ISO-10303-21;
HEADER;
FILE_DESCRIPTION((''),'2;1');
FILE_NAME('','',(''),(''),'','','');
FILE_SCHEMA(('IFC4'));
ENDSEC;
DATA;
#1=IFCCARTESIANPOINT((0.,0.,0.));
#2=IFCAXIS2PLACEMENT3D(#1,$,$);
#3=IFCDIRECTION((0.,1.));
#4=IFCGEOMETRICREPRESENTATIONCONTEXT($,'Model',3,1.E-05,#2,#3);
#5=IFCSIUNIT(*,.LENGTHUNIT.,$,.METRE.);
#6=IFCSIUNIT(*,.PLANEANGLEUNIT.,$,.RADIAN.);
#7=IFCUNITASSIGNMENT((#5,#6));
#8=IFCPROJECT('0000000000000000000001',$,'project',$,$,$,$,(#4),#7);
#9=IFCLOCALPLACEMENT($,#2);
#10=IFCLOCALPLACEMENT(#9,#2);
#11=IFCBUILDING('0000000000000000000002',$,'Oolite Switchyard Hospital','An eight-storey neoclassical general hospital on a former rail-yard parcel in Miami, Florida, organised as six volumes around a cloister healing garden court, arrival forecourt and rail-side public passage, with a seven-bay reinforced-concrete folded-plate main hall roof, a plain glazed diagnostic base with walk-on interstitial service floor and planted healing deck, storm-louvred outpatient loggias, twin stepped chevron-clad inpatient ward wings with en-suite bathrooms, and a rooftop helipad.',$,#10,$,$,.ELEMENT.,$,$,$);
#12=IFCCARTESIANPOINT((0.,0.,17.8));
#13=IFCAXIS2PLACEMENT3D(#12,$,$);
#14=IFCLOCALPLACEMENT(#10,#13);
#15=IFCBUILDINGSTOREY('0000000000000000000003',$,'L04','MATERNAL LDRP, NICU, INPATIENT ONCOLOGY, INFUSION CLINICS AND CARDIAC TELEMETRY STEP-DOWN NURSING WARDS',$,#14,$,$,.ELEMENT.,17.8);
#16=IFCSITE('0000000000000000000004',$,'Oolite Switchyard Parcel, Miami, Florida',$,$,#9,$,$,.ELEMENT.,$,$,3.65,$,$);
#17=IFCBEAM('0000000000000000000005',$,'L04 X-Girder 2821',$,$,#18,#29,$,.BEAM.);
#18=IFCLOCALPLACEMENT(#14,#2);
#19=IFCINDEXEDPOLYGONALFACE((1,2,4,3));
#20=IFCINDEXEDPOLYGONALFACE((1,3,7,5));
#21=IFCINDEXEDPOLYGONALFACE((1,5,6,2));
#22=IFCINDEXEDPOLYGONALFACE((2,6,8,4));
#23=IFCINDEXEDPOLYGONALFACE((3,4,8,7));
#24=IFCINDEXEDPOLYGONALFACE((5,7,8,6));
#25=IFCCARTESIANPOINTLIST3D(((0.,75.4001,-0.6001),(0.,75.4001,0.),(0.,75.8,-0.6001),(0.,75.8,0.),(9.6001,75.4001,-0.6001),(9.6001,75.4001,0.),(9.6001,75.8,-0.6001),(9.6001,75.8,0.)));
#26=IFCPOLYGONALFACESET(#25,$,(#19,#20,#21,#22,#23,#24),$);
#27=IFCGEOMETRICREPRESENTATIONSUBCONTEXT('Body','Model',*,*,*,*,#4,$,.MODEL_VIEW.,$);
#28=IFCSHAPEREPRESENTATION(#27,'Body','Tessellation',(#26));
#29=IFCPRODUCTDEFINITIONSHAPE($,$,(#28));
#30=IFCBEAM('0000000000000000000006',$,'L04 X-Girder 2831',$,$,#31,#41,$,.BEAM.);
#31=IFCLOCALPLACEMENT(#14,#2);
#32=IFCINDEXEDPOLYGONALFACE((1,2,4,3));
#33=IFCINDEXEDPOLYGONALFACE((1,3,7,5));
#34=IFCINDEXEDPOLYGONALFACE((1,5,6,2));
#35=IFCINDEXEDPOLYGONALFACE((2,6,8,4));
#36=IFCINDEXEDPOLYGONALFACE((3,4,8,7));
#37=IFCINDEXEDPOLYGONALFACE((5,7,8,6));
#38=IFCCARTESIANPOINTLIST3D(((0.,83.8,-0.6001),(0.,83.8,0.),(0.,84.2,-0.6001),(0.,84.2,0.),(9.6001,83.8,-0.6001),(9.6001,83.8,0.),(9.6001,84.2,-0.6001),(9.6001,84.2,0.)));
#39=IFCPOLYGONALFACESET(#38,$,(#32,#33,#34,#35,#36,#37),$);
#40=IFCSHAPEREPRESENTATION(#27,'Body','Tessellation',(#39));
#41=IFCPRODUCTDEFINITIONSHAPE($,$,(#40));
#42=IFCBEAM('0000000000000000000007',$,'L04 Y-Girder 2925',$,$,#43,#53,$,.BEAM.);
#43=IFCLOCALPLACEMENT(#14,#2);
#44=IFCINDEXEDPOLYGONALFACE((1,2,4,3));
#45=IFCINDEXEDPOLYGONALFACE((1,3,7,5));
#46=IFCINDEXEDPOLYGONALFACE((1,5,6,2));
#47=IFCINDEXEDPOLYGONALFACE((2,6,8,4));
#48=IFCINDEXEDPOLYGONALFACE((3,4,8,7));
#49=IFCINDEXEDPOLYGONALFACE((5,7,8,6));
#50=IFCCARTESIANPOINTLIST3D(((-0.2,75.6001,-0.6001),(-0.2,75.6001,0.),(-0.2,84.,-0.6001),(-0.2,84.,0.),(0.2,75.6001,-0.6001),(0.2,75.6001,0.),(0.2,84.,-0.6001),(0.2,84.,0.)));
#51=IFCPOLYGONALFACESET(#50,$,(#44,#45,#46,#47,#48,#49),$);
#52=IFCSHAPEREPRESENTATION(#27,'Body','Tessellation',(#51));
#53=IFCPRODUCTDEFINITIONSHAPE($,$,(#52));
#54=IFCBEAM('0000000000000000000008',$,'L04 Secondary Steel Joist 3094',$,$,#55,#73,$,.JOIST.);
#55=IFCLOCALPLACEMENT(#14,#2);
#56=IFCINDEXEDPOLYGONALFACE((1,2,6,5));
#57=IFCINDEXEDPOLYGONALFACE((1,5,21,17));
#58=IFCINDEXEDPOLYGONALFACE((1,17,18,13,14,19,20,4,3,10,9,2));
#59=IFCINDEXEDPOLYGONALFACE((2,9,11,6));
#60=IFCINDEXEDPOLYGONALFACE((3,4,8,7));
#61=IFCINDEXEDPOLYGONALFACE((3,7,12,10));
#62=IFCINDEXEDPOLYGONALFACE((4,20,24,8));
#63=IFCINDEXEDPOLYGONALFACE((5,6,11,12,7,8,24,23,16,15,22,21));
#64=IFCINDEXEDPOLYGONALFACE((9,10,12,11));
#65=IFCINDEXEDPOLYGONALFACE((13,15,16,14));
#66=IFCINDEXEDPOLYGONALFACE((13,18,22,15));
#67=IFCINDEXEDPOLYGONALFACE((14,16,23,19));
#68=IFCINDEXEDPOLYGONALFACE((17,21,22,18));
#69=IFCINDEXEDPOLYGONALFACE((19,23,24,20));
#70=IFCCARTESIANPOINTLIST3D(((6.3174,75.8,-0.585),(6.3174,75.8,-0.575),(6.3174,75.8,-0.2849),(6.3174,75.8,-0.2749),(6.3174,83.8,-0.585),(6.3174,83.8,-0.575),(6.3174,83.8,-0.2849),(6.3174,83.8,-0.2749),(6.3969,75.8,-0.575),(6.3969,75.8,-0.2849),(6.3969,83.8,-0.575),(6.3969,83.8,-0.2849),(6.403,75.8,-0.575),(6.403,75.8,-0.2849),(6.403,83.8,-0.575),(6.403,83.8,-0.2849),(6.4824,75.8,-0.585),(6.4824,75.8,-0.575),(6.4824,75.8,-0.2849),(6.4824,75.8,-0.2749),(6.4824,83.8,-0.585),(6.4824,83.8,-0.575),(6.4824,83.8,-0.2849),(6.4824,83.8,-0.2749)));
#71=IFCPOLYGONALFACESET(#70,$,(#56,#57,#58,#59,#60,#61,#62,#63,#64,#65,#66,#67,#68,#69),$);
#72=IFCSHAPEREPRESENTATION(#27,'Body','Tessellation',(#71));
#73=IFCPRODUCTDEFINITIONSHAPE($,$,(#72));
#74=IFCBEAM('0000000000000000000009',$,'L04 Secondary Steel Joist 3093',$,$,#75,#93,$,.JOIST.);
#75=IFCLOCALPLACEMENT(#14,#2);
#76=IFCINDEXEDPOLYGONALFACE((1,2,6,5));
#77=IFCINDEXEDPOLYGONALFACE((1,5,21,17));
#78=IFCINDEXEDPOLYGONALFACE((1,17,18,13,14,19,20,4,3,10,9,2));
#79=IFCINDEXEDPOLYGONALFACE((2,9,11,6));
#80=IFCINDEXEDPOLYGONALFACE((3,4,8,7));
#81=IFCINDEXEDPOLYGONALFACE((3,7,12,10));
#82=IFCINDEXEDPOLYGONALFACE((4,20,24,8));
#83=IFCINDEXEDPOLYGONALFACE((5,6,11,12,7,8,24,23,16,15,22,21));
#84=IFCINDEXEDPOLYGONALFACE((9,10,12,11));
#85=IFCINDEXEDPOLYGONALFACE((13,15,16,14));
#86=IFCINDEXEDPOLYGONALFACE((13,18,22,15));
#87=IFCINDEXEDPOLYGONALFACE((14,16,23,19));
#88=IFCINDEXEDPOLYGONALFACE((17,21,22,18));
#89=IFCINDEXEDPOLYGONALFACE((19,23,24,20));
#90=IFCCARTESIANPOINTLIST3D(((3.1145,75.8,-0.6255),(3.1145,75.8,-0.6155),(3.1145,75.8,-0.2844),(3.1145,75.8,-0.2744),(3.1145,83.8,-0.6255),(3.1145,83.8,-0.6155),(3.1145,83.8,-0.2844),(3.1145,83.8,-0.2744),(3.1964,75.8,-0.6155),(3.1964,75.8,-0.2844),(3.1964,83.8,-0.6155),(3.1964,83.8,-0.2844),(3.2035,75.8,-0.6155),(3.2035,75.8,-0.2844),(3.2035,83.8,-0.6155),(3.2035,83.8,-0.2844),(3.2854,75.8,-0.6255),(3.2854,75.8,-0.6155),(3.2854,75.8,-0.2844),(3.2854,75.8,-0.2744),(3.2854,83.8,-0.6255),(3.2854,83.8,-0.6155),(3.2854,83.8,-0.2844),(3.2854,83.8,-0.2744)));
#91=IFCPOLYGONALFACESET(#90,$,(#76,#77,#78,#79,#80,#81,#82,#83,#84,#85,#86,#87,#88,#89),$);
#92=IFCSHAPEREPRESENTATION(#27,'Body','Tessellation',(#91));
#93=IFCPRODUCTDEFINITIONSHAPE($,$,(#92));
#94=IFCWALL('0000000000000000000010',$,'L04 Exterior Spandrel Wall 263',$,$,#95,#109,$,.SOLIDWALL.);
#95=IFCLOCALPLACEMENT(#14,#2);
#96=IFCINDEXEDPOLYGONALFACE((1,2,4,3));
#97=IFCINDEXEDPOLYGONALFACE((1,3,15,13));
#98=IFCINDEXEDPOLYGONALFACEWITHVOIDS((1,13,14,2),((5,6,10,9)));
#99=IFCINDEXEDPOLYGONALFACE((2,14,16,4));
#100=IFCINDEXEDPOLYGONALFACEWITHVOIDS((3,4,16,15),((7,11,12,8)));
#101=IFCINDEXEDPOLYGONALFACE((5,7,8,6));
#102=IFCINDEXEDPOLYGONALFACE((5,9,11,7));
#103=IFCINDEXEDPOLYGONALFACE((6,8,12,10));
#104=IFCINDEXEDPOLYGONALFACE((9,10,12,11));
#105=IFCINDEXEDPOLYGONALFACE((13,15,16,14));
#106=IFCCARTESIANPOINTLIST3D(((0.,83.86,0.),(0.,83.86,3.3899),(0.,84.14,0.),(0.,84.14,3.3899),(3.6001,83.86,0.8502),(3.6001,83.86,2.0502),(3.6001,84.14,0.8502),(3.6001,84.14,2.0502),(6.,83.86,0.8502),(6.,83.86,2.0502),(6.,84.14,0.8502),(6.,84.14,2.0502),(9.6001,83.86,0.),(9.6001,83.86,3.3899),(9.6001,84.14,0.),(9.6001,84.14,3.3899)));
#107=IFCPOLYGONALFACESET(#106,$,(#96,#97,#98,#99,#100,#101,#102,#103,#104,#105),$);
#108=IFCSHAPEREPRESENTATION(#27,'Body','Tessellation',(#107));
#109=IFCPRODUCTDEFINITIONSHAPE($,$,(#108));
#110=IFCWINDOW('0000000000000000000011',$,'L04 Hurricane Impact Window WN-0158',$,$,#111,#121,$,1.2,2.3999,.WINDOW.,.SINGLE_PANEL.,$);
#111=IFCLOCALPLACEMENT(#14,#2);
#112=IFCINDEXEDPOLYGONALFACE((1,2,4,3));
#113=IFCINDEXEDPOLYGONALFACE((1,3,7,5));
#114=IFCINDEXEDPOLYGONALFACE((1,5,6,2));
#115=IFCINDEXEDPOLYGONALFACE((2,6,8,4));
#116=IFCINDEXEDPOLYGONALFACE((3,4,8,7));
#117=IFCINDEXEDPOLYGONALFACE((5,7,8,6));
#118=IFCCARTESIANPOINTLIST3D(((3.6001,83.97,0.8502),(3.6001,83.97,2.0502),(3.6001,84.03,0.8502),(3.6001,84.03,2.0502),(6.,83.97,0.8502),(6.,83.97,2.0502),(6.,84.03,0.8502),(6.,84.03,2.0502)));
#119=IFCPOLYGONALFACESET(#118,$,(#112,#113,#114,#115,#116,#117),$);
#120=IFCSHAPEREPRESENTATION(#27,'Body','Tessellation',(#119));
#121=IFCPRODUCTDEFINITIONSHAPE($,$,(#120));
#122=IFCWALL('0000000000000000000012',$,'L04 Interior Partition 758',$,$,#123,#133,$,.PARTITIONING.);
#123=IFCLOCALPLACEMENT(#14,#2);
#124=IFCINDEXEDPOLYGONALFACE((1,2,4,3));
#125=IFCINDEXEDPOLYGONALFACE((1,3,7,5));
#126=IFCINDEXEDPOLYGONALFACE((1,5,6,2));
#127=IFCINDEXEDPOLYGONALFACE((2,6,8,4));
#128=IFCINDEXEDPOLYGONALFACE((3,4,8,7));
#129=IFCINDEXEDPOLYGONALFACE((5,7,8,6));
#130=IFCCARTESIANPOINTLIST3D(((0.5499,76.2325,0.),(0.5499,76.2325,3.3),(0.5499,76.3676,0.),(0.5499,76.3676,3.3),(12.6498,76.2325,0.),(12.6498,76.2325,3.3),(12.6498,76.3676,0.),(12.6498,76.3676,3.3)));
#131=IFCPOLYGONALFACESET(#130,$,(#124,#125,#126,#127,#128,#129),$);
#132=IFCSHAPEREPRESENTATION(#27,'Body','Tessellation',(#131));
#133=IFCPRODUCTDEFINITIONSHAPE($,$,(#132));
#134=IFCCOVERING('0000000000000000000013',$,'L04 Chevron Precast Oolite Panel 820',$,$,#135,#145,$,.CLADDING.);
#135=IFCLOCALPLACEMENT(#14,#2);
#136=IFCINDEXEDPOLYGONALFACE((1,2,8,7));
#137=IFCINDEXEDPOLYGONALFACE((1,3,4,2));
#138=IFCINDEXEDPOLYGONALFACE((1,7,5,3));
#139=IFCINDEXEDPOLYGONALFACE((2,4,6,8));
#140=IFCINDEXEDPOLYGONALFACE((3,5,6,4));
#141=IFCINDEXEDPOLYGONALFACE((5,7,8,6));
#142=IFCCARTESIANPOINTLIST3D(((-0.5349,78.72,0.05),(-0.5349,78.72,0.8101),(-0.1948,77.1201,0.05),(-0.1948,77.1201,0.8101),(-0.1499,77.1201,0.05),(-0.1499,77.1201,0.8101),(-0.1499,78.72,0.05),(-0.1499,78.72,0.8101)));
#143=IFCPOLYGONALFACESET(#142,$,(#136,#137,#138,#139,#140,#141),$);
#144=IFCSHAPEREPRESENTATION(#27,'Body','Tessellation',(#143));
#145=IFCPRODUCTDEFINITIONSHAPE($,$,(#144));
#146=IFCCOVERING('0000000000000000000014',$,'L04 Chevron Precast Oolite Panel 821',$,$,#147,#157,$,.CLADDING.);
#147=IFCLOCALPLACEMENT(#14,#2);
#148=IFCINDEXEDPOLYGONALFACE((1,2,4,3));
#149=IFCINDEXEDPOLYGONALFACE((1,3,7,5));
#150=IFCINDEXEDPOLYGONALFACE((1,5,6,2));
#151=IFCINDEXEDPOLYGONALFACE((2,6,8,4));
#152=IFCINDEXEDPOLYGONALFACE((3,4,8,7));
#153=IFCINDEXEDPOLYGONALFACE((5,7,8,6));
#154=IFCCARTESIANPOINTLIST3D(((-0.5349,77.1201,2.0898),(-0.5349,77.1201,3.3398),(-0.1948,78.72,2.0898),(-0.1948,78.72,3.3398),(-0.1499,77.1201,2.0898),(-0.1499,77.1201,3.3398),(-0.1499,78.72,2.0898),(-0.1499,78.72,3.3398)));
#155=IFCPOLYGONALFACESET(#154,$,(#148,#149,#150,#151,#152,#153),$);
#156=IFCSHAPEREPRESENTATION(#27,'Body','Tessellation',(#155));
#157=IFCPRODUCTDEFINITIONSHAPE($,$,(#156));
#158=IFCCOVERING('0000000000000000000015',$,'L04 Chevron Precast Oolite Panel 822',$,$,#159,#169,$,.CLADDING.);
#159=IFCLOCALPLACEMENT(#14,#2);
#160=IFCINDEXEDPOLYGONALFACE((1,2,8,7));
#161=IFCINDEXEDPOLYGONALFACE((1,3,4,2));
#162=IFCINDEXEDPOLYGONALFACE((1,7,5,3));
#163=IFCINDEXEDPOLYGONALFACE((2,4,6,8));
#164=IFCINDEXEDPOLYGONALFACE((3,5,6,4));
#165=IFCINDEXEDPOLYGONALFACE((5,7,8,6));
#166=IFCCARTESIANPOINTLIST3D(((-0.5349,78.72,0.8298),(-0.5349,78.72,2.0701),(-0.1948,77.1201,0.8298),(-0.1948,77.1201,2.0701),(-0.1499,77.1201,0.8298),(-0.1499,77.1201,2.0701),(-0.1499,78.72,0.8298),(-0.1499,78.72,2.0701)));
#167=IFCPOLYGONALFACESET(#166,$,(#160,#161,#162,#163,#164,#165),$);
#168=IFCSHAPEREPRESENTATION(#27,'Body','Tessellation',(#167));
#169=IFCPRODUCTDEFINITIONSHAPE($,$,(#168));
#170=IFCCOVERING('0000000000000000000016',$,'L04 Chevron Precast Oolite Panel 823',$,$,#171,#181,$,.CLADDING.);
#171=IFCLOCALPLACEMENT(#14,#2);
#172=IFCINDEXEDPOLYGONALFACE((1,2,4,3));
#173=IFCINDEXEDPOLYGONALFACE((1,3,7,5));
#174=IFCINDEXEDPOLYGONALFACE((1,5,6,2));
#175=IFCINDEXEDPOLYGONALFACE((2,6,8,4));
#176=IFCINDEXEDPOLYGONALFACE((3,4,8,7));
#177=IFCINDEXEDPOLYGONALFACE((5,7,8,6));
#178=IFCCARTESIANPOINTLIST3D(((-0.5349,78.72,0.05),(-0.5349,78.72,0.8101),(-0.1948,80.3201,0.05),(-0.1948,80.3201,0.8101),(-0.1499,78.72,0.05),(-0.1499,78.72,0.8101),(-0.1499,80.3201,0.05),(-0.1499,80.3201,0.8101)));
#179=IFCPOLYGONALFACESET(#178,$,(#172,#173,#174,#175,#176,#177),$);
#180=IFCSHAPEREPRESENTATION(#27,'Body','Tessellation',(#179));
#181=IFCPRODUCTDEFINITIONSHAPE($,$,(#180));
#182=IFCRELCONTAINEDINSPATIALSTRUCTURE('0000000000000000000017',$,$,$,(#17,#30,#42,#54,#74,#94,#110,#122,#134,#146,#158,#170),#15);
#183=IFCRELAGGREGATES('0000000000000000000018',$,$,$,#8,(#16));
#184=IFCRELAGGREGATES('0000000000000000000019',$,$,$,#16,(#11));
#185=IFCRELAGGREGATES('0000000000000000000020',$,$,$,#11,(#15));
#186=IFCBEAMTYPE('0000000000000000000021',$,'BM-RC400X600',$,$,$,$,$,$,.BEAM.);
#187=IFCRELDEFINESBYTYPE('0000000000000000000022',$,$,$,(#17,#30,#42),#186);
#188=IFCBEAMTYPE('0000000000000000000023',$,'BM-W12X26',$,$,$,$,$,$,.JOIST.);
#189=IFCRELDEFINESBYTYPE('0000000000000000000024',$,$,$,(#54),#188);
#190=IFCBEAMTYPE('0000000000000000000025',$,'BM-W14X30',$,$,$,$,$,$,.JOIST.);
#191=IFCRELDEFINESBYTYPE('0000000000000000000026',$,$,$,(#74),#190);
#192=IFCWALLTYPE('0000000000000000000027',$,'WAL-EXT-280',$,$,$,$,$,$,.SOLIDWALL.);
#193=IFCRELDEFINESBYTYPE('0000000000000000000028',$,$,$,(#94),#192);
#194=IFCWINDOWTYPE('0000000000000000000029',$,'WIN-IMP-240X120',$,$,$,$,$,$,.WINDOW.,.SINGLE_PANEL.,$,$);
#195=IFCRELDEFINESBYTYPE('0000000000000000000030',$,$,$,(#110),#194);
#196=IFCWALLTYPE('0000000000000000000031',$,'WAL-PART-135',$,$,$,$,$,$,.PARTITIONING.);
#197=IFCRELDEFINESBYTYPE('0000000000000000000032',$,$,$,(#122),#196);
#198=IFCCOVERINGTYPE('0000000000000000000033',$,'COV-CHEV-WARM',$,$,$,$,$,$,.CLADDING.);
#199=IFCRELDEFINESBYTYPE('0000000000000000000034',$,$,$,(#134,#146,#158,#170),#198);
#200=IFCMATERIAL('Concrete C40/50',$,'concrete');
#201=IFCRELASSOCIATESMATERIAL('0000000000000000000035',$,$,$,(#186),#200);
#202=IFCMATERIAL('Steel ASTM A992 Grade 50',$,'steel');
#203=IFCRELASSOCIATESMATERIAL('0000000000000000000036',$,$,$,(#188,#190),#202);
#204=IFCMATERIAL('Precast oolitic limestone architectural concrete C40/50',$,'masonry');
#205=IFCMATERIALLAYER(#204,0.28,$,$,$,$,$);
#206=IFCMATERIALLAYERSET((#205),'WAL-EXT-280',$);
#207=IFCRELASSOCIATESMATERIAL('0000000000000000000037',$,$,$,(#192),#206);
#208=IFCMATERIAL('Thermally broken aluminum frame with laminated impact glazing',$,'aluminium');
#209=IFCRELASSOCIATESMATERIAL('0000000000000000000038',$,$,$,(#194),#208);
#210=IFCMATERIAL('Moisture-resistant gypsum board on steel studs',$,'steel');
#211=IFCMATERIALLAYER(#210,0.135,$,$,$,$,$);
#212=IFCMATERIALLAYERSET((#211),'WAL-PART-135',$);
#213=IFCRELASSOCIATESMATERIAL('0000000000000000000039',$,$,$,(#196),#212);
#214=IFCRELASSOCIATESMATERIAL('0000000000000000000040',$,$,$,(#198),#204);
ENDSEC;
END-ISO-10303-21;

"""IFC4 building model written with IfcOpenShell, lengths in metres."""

from ifc_helpers import new_model, si_unit, direction, frame, frame_2d, origin, origin_2d, place, context, subcontext, project, spatial, polyline, rectangle, i_section, outline, extrude, material, layer, layer_set, material_profile, profile_set, type_object, element, fill, save


model = new_model("IFC4")

# Units and contexts
model_context = context("Model", 3, precision=1e-05, world=origin(), true_north=direction((0.0, 1.0)))
body_context = subcontext(model_context, "Body", "Model", "MODEL_VIEW")
ifc_project = project(units=[si_unit("LENGTHUNIT", "METRE"), si_unit("PLANEANGLEUNIT", "RADIAN")], contexts=[model_context])

# Site, building, storey
site_placement = place(None, origin())
site = spatial("IfcSite", under=ifc_project, at=site_placement, Name="Oolite Switchyard Parcel, Miami, Florida", CompositionType="ELEMENT", RefElevation=3.65)
building_placement = place(site_placement, origin())
building = spatial("IfcBuilding", under=site, at=building_placement, Name="Oolite Switchyard Hospital", Description="An eight-storey neoclassical general hospital on a former rail-yard parcel in Miami, Florida, organised as six volumes around a cloister healing garden court, arrival forecourt and rail-side public passage, with a seven-bay reinforced-concrete folded-plate main hall roof, a plain glazed diagnostic base with walk-on interstitial service floor and planted healing deck, storm-louvred outpatient loggias, twin stepped chevron-clad inpatient ward wings with en-suite bathrooms, and a rooftop helipad.", CompositionType="ELEMENT")
storey_placement = place(building_placement, frame((0.0, 0.0, 17.8)))
storey = spatial("IfcBuildingStorey", under=building, at=storey_placement, Name="L04", Description="MATERNAL LDRP, NICU, INPATIENT ONCOLOGY, INFUSION CLINICS AND CARDIAC TELEMETRY STEP-DOWN NURSING WARDS", CompositionType="ELEMENT", Elevation=17.8)

# Beams
ifc_material_1 = material(Name="Concrete C40/50", Category="concrete")
ifc_material_profile_1 = material_profile(ifc_material_1, rectangle(XDim=0.3999, YDim=0.6001, at=origin_2d()), Name="RCB400X600")
ifc_profile_set_1 = profile_set([ifc_material_profile_1], Name="Concrete C40/50")
beam_type_1 = type_object("IfcBeamType", Name="BM-RC400X600", PredefinedType="BEAM", material=ifc_profile_set_1)
for number, where, z_axis, x_axis, name in (
    (1, (0.0, 75.6001, -0.3), (1.0, 0.0, 0.0), (0.0, 1.0, 0.0), "L04 X-Girder 2821"),
    (2, (0.0, 84.0, -0.3), (1.0, 0.0, 0.0), (0.0, 1.0, 0.0), "L04 X-Girder 2831"),
):
    element("IfcBeam", number, at=place(storey_placement, frame(where, z_axis=z_axis, x_axis=x_axis)), inside=storey, type_object=beam_type_1, Name=name, PredefinedType="BEAM", context=body_context, shape_type="SweptSolid", body=[
        extrude(rectangle(XDim=0.3999, YDim=0.6001, at=origin_2d()), origin(), (0.0, 0.0, 1.0), 9.6001),
    ])
beam_1_placement = place(storey_placement, frame((0.0, 75.6001, -0.3), z_axis=(0.0, 1.0, 0.0), x_axis=(-1.0, 0.0, 0.0)))
element("IfcBeam", 3, at=beam_1_placement, inside=storey, type_object=beam_type_1, Name="L04 Y-Girder 2925", PredefinedType="BEAM", context=body_context, shape_type="SweptSolid", body=[
    extrude(rectangle(XDim=0.3999, YDim=0.6001, at=origin_2d()), origin(), (0.0, 0.0, 1.0), 8.3999),
])
ifc_material_2 = material(Name="Steel ASTM A992 Grade 50", Category="steel")
ifc_material_profile_2 = material_profile(ifc_material_2, i_section(OverallWidth=0.165, OverallDepth=0.3101, WebThickness=0.0061, FlangeThickness=0.01, at=origin_2d()), Name="W12X26")
ifc_profile_set_2 = profile_set([ifc_material_profile_2], Name="Steel ASTM A992 Grade 50")
beam_type_2 = type_object("IfcBeamType", Name="BM-W12X26", PredefinedType="JOIST", material=ifc_profile_set_2)
beam_2_placement = place(storey_placement, frame((6.3999, 75.8, -0.4299), z_axis=(0.0, 1.0, 0.0), x_axis=(-1.0, 0.0, 0.0)))
element("IfcBeam", 4, at=beam_2_placement, inside=storey, type_object=beam_type_2, Name="L04 Secondary Steel Joist 3094", PredefinedType="JOIST", context=body_context, shape_type="SweptSolid", body=[
    extrude(i_section(OverallWidth=0.165, OverallDepth=0.3101, WebThickness=0.0061, FlangeThickness=0.01, at=origin_2d()), origin(), (0.0, 0.0, 1.0), 8.0),
])
ifc_material_profile_3 = material_profile(ifc_material_2, i_section(OverallWidth=0.1709, OverallDepth=0.3511, WebThickness=0.0071, FlangeThickness=0.01, at=origin_2d()), Name="W14X30")
ifc_profile_set_3 = profile_set([ifc_material_profile_3], Name="Steel ASTM A992 Grade 50")
beam_type_3 = type_object("IfcBeamType", Name="BM-W14X30", PredefinedType="JOIST", material=ifc_profile_set_3)
beam_3_placement = place(storey_placement, frame((3.2, 75.8, -0.45), z_axis=(0.0, 1.0, 0.0), x_axis=(-1.0, 0.0, 0.0)))
element("IfcBeam", 5, at=beam_3_placement, inside=storey, type_object=beam_type_3, Name="L04 Secondary Steel Joist 3093", PredefinedType="JOIST", context=body_context, shape_type="SweptSolid", body=[
    extrude(i_section(OverallWidth=0.1709, OverallDepth=0.3511, WebThickness=0.0071, FlangeThickness=0.01, at=origin_2d()), origin(), (0.0, 0.0, 1.0), 8.0),
])

# Wall, opening, window
ifc_material_3 = material(Name="Precast oolitic limestone architectural concrete C40/50", Category="masonry")
ifc_layer_1 = layer(ifc_material_3, 0.28)
ifc_layer_set_1 = layer_set([ifc_layer_1], Name="WAL-EXT-280")
wall_type_1 = type_object("IfcWallType", Name="WAL-EXT-280", PredefinedType="SOLIDWALL", material=ifc_layer_set_1)
wall_1_placement = place(storey_placement, frame((0.0, 84.0, 0.0), z_axis=(0.0, 0.0, 1.0), x_axis=(1.0, 0.0, 0.0)))
wall_1 = element("IfcWall", 6, at=wall_1_placement, inside=storey, type_object=wall_type_1, Name="L04 Exterior Spandrel Wall 263", PredefinedType="SOLIDWALL", context=body_context, shape_type="SweptSolid", body=[
    extrude(rectangle(XDim=9.6001, YDim=0.28, at=frame_2d((4.8, 0.0))), origin(), (0.0, 0.0, 1.0), 3.3899),
])
opening_placement = place(wall_1_placement, frame((3.6001, 0.0, 0.8501)))
opening = element("IfcOpeningElement", 7, at=opening_placement, cuts=wall_1, PredefinedType="OPENING", context=body_context, shape_type="SweptSolid", body=[
    extrude(rectangle(XDim=2.3999, YDim=1.2, at=frame_2d((1.2, 0.6001))), frame((0.0, 0.1499, 0.0), z_axis=(0.0, -1.0, 0.0), x_axis=(1.0, 0.0, 0.0)), (0.0, 0.0, 1.0), 0.3),
])
ifc_material_4 = material(Name="Thermally broken aluminum frame with laminated impact glazing", Category="aluminium")
window_type = type_object("IfcWindowType", Name="WIN-IMP-240X120", PartitioningType="SINGLE_PANEL", PredefinedType="WINDOW", material=ifc_material_4)
window_placement = place(opening_placement, origin())
window = element("IfcWindow", 8, at=window_placement, inside=storey, type_object=window_type, Name="L04 Hurricane Impact Window WN-0158", OverallHeight=1.2, OverallWidth=2.3999, PartitioningType="SINGLE_PANEL", PredefinedType="WINDOW", context=body_context, shape_type="SweptSolid", body=[
    extrude(rectangle(XDim=2.3999, YDim=1.2, at=frame_2d((1.2, 0.6001))), frame((0.0, 0.03, 0.0), z_axis=(0.0, -1.0, 0.0), x_axis=(1.0, 0.0, 0.0)), (0.0, 0.0, 1.0), 0.0601),
])
fill(opening, window)

# Wall
ifc_material_5 = material(Name="Moisture-resistant gypsum board on steel studs", Category="steel")
ifc_layer_2 = layer(ifc_material_5, 0.135)
ifc_layer_set_2 = layer_set([ifc_layer_2], Name="WAL-PART-135")
wall_type_2 = type_object("IfcWallType", Name="WAL-PART-135", PredefinedType="PARTITIONING", material=ifc_layer_set_2)
wall_2_placement = place(storey_placement, frame((0.55, 76.3, 0.0), z_axis=(0.0, 0.0, 1.0), x_axis=(1.0, 0.0, 0.0)))
element("IfcWall", 9, at=wall_2_placement, inside=storey, type_object=wall_type_2, Name="L04 Interior Partition 758", PredefinedType="PARTITIONING", context=body_context, shape_type="SweptSolid", body=[
    extrude(rectangle(XDim=12.0999, YDim=0.135, at=frame_2d((6.0498, 0.0))), origin(), (0.0, 0.0, 1.0), 3.3),
])

# Coverings
covering_type = type_object("IfcCoveringType", Name="COV-CHEV-WARM", PredefinedType="CLADDING", material=ifc_material_3)
covering_1_placement = place(storey_placement, frame((-0.1499, 77.1201, 0.05), z_axis=(0.0, 0.0, 1.0), x_axis=(0.0, 1.0, 0.0)))
element("IfcCovering", 10, at=covering_1_placement, inside=storey, type_object=covering_type, Name="L04 Chevron Precast Oolite Panel 820", PredefinedType="CLADDING", context=body_context, shape_type="SweptSolid", body=[
    extrude(outline(polyline([(0.0, 0.0), (1.5999, 0.0), (1.5999, 0.385), (0.0, 0.0449), (0.0, 0.0)])), origin(), (0.0, 0.0, 1.0), 0.76),
])
covering_2_placement = place(storey_placement, frame((-0.1499, 77.1201, 2.0898), z_axis=(0.0, 0.0, 1.0), x_axis=(0.0, 1.0, 0.0)))
element("IfcCovering", 11, at=covering_2_placement, inside=storey, type_object=covering_type, Name="L04 Chevron Precast Oolite Panel 821", PredefinedType="CLADDING", context=body_context, shape_type="SweptSolid", body=[
    extrude(outline(polyline([(0.0, 0.0), (1.5999, 0.0), (1.5999, 0.0449), (0.0, 0.385), (0.0, 0.0)])), origin(), (0.0, 0.0, 1.0), 1.25),
])
covering_3_placement = place(storey_placement, frame((-0.1499, 77.1201, 0.8298), z_axis=(0.0, 0.0, 1.0), x_axis=(0.0, 1.0, 0.0)))
element("IfcCovering", 12, at=covering_3_placement, inside=storey, type_object=covering_type, Name="L04 Chevron Precast Oolite Panel 822", PredefinedType="CLADDING", context=body_context, shape_type="SweptSolid", body=[
    extrude(outline(polyline([(0.0, 0.0), (1.5999, 0.0), (1.5999, 0.385), (0.0, 0.0449), (0.0, 0.0)])), origin(), (0.0, 0.0, 1.0), 1.2402),
])
covering_4_placement = place(storey_placement, frame((-0.1499, 78.72, 0.05), z_axis=(0.0, 0.0, 1.0), x_axis=(0.0, 1.0, 0.0)))
element("IfcCovering", 13, at=covering_4_placement, inside=storey, type_object=covering_type, Name="L04 Chevron Precast Oolite Panel 823", PredefinedType="CLADDING", context=body_context, shape_type="SweptSolid", body=[
    extrude(outline(polyline([(0.0, 0.0), (1.6001, 0.0), (1.6001, 0.0449), (0.0, 0.385), (0.0, 0.0)])), origin(), (0.0, 0.0, 1.0), 0.76),
])

save(model, "model.ifc")
